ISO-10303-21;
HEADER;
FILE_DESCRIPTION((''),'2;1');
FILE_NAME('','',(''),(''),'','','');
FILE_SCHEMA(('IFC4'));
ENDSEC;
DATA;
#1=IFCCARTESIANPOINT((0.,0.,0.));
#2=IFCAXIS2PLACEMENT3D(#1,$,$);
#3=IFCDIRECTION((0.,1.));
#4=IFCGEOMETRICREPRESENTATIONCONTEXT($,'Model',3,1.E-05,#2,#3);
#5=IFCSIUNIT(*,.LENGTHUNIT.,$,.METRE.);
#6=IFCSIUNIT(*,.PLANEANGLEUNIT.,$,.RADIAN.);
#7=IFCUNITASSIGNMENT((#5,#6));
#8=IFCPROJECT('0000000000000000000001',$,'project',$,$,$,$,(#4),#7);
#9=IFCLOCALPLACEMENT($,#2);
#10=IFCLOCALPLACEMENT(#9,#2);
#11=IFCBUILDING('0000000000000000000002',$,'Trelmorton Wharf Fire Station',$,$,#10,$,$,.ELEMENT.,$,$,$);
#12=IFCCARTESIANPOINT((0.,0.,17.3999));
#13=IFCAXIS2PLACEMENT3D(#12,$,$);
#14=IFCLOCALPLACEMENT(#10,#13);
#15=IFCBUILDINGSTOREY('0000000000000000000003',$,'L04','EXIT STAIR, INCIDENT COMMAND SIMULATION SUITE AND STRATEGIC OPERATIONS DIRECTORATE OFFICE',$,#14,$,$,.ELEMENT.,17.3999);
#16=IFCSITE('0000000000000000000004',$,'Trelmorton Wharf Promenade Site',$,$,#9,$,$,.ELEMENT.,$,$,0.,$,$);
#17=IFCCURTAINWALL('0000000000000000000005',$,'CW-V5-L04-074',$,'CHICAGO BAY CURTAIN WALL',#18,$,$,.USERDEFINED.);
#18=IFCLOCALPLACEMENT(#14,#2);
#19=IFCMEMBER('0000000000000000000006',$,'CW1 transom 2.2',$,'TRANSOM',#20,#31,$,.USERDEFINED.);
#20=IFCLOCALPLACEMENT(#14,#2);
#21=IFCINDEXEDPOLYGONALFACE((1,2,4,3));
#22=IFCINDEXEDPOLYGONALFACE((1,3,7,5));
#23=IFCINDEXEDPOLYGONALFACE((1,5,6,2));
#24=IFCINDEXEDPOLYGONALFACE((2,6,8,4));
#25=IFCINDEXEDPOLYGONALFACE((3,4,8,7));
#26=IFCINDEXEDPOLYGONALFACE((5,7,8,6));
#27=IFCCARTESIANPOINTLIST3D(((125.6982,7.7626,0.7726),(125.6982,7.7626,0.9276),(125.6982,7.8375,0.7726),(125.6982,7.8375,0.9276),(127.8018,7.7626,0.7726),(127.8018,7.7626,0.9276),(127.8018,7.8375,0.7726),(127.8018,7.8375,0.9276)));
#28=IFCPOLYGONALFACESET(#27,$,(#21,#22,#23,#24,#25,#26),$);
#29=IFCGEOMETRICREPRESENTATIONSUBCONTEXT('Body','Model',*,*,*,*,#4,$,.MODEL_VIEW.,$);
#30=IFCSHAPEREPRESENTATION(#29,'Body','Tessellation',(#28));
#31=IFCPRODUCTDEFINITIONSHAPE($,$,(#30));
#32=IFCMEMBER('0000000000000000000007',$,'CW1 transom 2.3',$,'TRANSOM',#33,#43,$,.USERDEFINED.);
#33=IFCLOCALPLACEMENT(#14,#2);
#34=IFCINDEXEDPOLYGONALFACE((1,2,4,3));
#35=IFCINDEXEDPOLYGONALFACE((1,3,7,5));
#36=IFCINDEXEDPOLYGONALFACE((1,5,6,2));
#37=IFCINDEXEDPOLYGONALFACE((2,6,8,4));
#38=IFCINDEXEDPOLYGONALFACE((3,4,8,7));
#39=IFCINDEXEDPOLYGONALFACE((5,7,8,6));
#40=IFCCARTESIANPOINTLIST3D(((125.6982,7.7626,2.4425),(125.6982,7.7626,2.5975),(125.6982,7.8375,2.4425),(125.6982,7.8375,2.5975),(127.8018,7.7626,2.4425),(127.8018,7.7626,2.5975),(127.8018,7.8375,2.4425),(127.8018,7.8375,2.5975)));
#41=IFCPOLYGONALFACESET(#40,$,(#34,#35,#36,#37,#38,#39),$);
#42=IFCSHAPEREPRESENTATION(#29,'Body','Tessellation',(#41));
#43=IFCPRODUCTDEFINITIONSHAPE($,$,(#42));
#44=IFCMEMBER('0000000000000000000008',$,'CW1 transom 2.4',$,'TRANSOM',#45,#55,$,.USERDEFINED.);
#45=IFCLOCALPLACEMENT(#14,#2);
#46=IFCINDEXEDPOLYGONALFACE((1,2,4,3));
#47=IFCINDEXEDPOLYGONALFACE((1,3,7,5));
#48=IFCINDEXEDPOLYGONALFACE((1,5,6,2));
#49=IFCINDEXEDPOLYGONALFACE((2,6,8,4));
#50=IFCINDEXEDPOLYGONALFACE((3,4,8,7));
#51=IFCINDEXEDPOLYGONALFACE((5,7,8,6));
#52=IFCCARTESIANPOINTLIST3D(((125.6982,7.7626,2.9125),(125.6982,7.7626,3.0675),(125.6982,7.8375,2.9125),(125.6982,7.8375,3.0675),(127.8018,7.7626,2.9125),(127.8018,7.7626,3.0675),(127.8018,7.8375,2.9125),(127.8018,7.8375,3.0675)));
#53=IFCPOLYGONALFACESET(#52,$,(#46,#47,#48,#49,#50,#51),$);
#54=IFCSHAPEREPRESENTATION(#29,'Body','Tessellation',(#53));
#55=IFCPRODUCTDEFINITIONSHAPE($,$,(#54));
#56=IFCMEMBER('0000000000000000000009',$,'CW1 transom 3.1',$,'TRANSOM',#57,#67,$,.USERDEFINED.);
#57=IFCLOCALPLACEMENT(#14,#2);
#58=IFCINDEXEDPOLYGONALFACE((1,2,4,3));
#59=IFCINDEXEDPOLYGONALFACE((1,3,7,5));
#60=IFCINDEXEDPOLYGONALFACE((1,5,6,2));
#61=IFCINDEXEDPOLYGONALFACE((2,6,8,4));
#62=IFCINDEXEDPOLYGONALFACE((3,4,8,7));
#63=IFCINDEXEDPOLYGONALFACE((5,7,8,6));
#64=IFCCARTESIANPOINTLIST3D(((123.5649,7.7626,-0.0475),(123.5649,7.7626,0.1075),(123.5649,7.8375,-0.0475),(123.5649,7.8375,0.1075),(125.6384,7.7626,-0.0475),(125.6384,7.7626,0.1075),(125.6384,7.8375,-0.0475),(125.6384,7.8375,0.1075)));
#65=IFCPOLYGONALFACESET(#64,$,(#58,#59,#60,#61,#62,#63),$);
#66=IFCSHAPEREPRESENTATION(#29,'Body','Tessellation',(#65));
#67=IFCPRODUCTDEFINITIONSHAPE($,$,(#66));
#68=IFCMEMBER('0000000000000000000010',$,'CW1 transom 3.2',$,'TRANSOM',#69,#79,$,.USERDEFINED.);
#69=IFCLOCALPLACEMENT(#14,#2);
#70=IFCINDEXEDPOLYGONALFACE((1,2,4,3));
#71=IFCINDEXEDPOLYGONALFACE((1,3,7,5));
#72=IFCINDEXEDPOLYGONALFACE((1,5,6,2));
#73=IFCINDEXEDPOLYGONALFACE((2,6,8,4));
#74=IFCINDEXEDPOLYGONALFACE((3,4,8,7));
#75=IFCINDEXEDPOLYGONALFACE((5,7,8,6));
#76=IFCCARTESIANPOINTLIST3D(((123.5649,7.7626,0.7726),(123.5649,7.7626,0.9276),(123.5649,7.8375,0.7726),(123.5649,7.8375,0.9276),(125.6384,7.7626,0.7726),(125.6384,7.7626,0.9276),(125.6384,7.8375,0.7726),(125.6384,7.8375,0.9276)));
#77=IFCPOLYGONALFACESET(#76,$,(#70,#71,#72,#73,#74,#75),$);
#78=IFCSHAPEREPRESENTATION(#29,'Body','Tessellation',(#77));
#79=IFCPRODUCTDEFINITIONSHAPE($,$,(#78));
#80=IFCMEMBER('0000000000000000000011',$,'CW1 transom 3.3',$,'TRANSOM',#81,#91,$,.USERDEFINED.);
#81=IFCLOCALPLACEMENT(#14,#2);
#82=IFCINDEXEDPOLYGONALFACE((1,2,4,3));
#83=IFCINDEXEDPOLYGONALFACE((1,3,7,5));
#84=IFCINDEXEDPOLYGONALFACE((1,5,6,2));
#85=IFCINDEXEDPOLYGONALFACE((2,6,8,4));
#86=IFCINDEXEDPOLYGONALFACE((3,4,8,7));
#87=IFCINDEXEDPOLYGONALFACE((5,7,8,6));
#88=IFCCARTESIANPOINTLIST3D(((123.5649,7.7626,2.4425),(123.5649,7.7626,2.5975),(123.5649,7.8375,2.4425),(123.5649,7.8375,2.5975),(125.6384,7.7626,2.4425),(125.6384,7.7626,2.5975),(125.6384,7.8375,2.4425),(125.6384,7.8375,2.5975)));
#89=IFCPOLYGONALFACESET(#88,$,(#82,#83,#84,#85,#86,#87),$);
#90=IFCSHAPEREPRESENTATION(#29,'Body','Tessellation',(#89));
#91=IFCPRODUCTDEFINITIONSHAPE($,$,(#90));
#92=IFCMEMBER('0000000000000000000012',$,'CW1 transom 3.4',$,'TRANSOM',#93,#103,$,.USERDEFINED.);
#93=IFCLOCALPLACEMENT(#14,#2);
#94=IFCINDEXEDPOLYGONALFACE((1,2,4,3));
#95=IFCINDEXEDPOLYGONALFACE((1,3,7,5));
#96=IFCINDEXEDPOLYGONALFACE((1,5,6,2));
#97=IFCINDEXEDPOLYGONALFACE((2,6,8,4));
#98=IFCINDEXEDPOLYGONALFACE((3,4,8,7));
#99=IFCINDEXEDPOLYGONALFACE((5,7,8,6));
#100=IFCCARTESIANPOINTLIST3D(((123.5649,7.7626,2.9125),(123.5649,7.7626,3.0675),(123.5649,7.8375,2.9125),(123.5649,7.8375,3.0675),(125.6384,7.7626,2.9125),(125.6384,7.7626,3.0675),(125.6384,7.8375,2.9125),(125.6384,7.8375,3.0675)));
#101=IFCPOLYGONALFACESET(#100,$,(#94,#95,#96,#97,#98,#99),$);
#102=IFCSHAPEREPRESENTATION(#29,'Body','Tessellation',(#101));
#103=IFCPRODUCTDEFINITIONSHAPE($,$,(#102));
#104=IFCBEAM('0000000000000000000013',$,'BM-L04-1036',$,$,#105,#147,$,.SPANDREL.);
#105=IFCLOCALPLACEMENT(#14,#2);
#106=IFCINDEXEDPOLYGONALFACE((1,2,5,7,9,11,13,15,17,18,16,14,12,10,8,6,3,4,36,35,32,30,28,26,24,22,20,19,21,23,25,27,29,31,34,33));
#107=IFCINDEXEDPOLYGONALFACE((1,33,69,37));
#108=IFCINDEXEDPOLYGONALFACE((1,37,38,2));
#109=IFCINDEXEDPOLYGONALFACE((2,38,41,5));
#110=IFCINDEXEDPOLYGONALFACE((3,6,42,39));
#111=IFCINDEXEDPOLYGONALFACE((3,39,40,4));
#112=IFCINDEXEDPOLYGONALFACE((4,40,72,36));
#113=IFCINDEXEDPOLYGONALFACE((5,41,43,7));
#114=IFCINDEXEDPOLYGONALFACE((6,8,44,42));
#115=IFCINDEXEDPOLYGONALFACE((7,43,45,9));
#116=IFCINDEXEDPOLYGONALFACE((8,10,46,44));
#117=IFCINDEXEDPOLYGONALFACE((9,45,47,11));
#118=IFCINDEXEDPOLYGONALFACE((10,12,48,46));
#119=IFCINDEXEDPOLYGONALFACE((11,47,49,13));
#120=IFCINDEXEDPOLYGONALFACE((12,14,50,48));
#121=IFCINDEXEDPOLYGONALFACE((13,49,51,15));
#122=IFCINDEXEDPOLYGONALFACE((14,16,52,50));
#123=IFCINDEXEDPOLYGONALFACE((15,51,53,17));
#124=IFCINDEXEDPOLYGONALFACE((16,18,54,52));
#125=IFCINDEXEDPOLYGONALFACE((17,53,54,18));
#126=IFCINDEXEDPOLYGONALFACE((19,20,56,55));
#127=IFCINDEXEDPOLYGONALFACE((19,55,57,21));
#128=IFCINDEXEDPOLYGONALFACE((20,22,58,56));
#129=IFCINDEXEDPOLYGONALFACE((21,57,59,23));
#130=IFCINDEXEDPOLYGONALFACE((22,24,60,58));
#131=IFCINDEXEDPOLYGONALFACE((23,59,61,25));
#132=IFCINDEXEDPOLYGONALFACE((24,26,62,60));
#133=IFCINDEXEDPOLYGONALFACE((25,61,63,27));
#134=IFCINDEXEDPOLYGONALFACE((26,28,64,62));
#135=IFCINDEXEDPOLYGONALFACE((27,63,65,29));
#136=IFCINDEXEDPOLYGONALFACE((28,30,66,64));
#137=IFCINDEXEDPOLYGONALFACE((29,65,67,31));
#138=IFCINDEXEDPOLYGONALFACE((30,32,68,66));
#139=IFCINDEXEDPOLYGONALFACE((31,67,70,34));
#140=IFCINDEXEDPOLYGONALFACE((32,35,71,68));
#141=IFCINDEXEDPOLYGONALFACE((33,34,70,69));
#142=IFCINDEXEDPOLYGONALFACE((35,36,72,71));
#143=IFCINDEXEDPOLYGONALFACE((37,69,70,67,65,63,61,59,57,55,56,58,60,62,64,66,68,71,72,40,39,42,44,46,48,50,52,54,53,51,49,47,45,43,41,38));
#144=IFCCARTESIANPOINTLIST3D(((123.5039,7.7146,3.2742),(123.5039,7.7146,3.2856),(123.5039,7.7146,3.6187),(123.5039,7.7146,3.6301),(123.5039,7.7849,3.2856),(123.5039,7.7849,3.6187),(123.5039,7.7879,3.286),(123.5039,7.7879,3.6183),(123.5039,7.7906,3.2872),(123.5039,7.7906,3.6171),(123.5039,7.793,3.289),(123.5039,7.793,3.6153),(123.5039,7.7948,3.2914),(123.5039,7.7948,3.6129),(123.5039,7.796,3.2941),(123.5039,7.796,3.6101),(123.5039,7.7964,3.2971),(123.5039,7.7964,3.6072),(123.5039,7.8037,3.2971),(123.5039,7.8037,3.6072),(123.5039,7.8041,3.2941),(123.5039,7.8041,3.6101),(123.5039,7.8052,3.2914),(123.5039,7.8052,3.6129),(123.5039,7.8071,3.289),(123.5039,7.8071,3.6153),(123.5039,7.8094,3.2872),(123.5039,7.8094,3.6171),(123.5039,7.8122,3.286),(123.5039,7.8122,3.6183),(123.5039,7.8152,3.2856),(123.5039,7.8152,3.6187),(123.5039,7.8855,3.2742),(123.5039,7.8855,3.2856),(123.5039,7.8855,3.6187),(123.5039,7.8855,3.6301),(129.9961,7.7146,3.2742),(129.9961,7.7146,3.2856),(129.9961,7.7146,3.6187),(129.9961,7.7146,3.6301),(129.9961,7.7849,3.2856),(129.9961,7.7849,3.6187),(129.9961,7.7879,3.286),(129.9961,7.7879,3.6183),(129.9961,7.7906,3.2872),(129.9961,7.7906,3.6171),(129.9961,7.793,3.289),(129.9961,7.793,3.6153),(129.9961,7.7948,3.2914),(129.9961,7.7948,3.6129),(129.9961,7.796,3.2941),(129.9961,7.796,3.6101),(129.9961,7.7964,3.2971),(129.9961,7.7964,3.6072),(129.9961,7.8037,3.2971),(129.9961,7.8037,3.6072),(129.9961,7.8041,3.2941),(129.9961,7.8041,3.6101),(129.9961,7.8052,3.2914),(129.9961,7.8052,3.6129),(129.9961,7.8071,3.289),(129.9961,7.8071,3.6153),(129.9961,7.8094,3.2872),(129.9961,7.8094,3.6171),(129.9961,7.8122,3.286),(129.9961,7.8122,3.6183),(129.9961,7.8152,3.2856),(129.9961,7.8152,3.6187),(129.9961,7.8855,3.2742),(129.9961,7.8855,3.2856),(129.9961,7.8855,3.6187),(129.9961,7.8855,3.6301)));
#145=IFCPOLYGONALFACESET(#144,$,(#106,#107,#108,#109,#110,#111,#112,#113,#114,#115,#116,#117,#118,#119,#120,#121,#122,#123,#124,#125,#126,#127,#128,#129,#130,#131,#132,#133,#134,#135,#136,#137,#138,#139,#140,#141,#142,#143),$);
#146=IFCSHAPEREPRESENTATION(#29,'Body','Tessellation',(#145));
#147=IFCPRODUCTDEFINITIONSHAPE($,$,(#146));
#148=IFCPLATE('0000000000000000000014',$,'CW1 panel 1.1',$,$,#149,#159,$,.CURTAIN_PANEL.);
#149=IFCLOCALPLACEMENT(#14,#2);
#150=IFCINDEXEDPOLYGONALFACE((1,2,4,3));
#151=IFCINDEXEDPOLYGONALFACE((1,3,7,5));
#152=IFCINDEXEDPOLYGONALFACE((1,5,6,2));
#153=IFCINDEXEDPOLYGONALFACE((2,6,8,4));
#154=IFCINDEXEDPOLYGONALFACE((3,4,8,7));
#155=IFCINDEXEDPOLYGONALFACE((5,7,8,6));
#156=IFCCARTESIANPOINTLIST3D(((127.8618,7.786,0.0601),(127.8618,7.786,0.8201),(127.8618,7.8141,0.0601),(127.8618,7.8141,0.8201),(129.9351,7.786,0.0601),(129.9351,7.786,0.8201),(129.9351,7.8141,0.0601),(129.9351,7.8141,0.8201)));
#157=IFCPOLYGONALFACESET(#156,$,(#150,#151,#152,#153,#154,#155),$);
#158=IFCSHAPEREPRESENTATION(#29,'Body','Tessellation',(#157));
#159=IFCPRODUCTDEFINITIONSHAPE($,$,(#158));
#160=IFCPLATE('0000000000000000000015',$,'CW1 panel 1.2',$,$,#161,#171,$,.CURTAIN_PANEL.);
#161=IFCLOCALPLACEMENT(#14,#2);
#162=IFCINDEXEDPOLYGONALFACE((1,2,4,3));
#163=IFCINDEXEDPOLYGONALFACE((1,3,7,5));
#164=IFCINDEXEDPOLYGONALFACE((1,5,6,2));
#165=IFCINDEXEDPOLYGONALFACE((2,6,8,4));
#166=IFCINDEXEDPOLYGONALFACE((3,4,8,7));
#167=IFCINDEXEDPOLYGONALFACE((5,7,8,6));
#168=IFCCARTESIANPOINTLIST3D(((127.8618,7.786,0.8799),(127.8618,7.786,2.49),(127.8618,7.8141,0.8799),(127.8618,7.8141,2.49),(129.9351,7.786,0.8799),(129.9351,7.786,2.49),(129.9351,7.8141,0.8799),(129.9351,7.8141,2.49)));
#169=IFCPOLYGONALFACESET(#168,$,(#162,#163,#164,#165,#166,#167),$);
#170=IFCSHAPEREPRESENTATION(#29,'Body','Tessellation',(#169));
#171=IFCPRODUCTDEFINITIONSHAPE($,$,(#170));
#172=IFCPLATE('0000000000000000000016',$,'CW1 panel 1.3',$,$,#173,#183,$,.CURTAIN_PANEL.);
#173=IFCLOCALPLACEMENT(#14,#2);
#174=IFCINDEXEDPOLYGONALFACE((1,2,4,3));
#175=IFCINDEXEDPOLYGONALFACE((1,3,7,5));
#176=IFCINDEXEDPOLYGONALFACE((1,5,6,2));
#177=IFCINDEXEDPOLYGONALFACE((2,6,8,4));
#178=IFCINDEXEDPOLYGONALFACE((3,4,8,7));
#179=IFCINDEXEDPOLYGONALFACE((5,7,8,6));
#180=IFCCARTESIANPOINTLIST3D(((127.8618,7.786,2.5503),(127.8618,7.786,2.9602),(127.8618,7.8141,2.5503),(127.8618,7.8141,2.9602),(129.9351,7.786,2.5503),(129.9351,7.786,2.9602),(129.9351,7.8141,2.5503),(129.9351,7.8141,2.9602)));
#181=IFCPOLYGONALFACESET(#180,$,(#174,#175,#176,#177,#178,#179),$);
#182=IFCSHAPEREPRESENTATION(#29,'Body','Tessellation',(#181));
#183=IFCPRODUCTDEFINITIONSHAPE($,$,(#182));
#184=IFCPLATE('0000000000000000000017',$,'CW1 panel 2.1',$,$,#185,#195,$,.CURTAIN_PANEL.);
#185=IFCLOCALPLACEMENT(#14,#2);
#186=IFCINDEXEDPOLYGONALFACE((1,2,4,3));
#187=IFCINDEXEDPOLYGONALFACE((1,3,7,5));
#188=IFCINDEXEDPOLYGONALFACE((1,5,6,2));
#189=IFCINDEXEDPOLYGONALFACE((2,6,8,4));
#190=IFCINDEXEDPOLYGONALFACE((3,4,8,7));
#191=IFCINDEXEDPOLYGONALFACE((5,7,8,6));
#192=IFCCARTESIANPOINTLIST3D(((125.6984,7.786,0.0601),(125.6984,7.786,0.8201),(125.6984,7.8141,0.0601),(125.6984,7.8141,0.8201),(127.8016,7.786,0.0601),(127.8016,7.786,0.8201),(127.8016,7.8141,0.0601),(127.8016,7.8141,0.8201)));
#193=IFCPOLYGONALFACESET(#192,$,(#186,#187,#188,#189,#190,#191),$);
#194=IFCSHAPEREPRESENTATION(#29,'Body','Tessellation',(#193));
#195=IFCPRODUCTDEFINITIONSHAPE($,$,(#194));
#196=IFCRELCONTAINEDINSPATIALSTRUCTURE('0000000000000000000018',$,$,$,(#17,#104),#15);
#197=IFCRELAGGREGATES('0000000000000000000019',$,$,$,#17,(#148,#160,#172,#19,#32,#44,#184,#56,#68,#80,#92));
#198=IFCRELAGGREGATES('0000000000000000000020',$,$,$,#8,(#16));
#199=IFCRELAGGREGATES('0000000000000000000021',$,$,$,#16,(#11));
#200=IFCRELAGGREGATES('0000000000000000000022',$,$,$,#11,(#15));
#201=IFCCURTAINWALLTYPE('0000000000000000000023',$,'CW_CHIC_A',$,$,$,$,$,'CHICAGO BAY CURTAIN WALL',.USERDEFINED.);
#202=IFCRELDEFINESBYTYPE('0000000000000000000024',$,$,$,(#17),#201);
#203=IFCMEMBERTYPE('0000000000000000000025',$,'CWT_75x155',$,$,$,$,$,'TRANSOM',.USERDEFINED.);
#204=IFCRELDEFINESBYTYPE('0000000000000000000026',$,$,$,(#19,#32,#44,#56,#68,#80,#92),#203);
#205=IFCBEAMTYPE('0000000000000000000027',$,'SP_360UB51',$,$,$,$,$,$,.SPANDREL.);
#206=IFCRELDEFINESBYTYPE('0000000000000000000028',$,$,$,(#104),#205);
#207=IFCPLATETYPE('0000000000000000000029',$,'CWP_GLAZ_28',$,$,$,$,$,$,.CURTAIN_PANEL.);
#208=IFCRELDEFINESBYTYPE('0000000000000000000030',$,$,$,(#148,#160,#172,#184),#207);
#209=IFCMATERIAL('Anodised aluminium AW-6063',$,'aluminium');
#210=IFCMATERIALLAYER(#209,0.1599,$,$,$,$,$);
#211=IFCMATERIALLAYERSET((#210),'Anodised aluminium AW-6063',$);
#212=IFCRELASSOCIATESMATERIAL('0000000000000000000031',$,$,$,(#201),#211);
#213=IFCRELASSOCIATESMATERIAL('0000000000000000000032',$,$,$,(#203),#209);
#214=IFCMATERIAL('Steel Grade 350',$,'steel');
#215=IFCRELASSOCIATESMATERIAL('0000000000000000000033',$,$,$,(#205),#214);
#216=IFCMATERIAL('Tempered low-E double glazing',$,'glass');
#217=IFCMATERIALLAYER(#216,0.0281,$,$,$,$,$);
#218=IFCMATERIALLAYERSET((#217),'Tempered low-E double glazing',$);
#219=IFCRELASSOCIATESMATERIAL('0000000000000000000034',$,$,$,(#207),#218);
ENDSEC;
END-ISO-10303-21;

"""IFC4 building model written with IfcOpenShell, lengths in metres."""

from ifc_helpers import new_model, si_unit, direction, frame, origin, origin_2d, place, context, subcontext, project, spatial, rectangle, i_section, extrude, material, layer, layer_set, material_profile, profile_set, type_object, element, aggregate, save


model = new_model("IFC4")

# Units and contexts
model_context = context("Model", 3, precision=1e-05, world=origin(), true_north=direction((0.0, 1.0)))
body_context = subcontext(model_context, "Body", "Model", "MODEL_VIEW")
ifc_project = project(units=[si_unit("LENGTHUNIT", "METRE"), si_unit("PLANEANGLEUNIT", "RADIAN")], contexts=[model_context])

# Site, building, storey
site_placement = place(None, origin())
site = spatial("IfcSite", under=ifc_project, at=site_placement, Name="Trelmorton Wharf Promenade Site", CompositionType="ELEMENT", RefElevation=0.0)
building_placement = place(site_placement, origin())
building = spatial("IfcBuilding", under=site, at=building_placement, Name="Trelmorton Wharf Fire Station", CompositionType="ELEMENT")
storey_placement = place(building_placement, frame((0.0, 0.0, 17.3999)))
storey = spatial("IfcBuildingStorey", under=building, at=storey_placement, Name="L04", Description="EXIT STAIR, INCIDENT COMMAND SIMULATION SUITE AND STRATEGIC OPERATIONS DIRECTORATE OFFICE", CompositionType="ELEMENT", Elevation=17.3999)

# Shared definitions
ifc_material_1 = material(Name="Steel Grade 350", Category="steel")

# Shared definitions
ifc_material_2 = material(Name="Anodised aluminium AW-6063", Category="aluminium")

# Curtain wall
ifc_layer_1 = layer(ifc_material_2, 0.1599)
ifc_layer_set_1 = layer_set([ifc_layer_1], Name="Anodised aluminium AW-6063")
curtain_wall_type_1 = type_object("IfcCurtainWallType", Name="CW_CHIC_A", ElementType="CHICAGO BAY CURTAIN WALL", PredefinedType="USERDEFINED", material=ifc_layer_set_1)
curtain_wall_1_placement = place(storey_placement, origin())
curtain_wall_1 = element("IfcCurtainWall", 1, at=curtain_wall_1_placement, inside=storey, type_object=curtain_wall_type_1, Name="CW-V5-L04-074", ObjectType="CHICAGO BAY CURTAIN WALL", PredefinedType="USERDEFINED")

# Members
ifc_material_profile_1 = material_profile(ifc_material_2, rectangle(XDim=0.075, YDim=0.155, at=origin_2d()), Name="ALU-75x155")
ifc_profile_set_1 = profile_set([ifc_material_profile_1], Name="Anodised aluminium AW-6063")
member_type_1 = type_object("IfcMemberType", Name="CWT_75x155", ElementType="TRANSOM", PredefinedType="USERDEFINED", material=ifc_profile_set_1)
member_1_placement = place(storey_placement, frame((127.8018, 7.8, 0.8501), z_axis=(-1.0, 0.0, 0.0), x_axis=(0.0, -1.0, 0.0)))
member_1 = element("IfcMember", 2, at=member_1_placement, type_object=member_type_1, Name="CW1 transom 2.2", ObjectType="TRANSOM", PredefinedType="USERDEFINED", context=body_context, shape_type="SweptSolid", body=[
    extrude(rectangle(XDim=0.075, YDim=0.155, at=origin_2d()), origin(), (0.0, 0.0, 1.0), 2.1035),
])
member_2_placement = place(storey_placement, frame((127.8018, 7.8, 2.52), z_axis=(-1.0, 0.0, 0.0), x_axis=(0.0, -1.0, 0.0)))
member_2 = element("IfcMember", 3, at=member_2_placement, type_object=member_type_1, Name="CW1 transom 2.3", ObjectType="TRANSOM", PredefinedType="USERDEFINED", context=body_context, shape_type="SweptSolid", body=[
    extrude(rectangle(XDim=0.075, YDim=0.155, at=origin_2d()), origin(), (0.0, 0.0, 1.0), 2.1035),
])
member_3_placement = place(storey_placement, frame((127.8018, 7.8, 2.99), z_axis=(-1.0, 0.0, 0.0), x_axis=(0.0, -1.0, 0.0)))
member_3 = element("IfcMember", 4, at=member_3_placement, type_object=member_type_1, Name="CW1 transom 2.4", ObjectType="TRANSOM", PredefinedType="USERDEFINED", context=body_context, shape_type="SweptSolid", body=[
    extrude(rectangle(XDim=0.075, YDim=0.155, at=origin_2d()), origin(), (0.0, 0.0, 1.0), 2.1035),
])
member_4_placement = place(storey_placement, frame((125.6384, 7.8, 0.03), z_axis=(-1.0, 0.0, 0.0), x_axis=(0.0, -1.0, 0.0)))
member_4 = element("IfcMember", 5, at=member_4_placement, type_object=member_type_1, Name="CW1 transom 3.1", ObjectType="TRANSOM", PredefinedType="USERDEFINED", context=body_context, shape_type="SweptSolid", body=[
    extrude(rectangle(XDim=0.075, YDim=0.155, at=origin_2d()), origin(), (0.0, 0.0, 1.0), 2.0735),
])
member_5_placement = place(storey_placement, frame((125.6384, 7.8, 0.8501), z_axis=(-1.0, 0.0, 0.0), x_axis=(0.0, -1.0, 0.0)))
member_5 = element("IfcMember", 6, at=member_5_placement, type_object=member_type_1, Name="CW1 transom 3.2", ObjectType="TRANSOM", PredefinedType="USERDEFINED", context=body_context, shape_type="SweptSolid", body=[
    extrude(rectangle(XDim=0.075, YDim=0.155, at=origin_2d()), origin(), (0.0, 0.0, 1.0), 2.0735),
])
member_6_placement = place(storey_placement, frame((125.6384, 7.8, 2.52), z_axis=(-1.0, 0.0, 0.0), x_axis=(0.0, -1.0, 0.0)))
member_6 = element("IfcMember", 7, at=member_6_placement, type_object=member_type_1, Name="CW1 transom 3.3", ObjectType="TRANSOM", PredefinedType="USERDEFINED", context=body_context, shape_type="SweptSolid", body=[
    extrude(rectangle(XDim=0.075, YDim=0.155, at=origin_2d()), origin(), (0.0, 0.0, 1.0), 2.0735),
])
member_7_placement = place(storey_placement, frame((125.6384, 7.8, 2.99), z_axis=(-1.0, 0.0, 0.0), x_axis=(0.0, -1.0, 0.0)))
member_7 = element("IfcMember", 8, at=member_7_placement, type_object=member_type_1, Name="CW1 transom 3.4", ObjectType="TRANSOM", PredefinedType="USERDEFINED", context=body_context, shape_type="SweptSolid", body=[
    extrude(rectangle(XDim=0.075, YDim=0.155, at=origin_2d()), origin(), (0.0, 0.0, 1.0), 2.0735),
])

# Beam
ifc_material_profile_2 = material_profile(ifc_material_1, i_section(OverallWidth=0.1709, OverallDepth=0.356, WebThickness=0.0073, FlangeThickness=0.0115, FilletRadius=0.0115, at=origin_2d()), Name="360UB50.7")
ifc_profile_set_2 = profile_set([ifc_material_profile_2], Name="Steel Grade 350")
beam_type_1 = type_object("IfcBeamType", Name="SP_360UB51", PredefinedType="SPANDREL", material=ifc_profile_set_2)
beam_1_placement = place(storey_placement, frame((123.5039, 7.8, 3.4521), z_axis=(1.0, 0.0, 0.0), x_axis=(0.0, 1.0, 0.0)))
element("IfcBeam", 9, at=beam_1_placement, inside=storey, type_object=beam_type_1, Name="BM-L04-1036", PredefinedType="SPANDREL", context=body_context, shape_type="SweptSolid", body=[
    extrude(i_section(OverallWidth=0.1709, OverallDepth=0.356, WebThickness=0.0073, FlangeThickness=0.0115, FilletRadius=0.0115, at=origin_2d()), origin(), (0.0, 0.0, 1.0), 6.4922),
])

# Plates
ifc_material_3 = material(Name="Tempered low-E double glazing", Category="glass")
ifc_layer_2 = layer(ifc_material_3, 0.0281)
ifc_layer_set_2 = layer_set([ifc_layer_2], Name="Tempered low-E double glazing")
plate_type = type_object("IfcPlateType", Name="CWP_GLAZ_28", PredefinedType="CURTAIN_PANEL", material=ifc_layer_set_2)
plate_1_placement = place(storey_placement, frame((128.8984, 7.8, 0.0601), z_axis=(0.0, 0.0, 1.0), x_axis=(-1.0, 0.0, 0.0)))
plate_1 = element("IfcPlate", 10, at=plate_1_placement, type_object=plate_type, Name="CW1 panel 1.1", PredefinedType="CURTAIN_PANEL", context=body_context, shape_type="SweptSolid", body=[
    extrude(rectangle(XDim=2.0732, YDim=0.0281, at=origin_2d()), origin(), (0.0, 0.0, 1.0), 0.76),
])
plate_2_placement = place(storey_placement, frame((128.8984, 7.8, 0.8799), z_axis=(0.0, 0.0, 1.0), x_axis=(-1.0, 0.0, 0.0)))
plate_2 = element("IfcPlate", 11, at=plate_2_placement, type_object=plate_type, Name="CW1 panel 1.2", PredefinedType="CURTAIN_PANEL", context=body_context, shape_type="SweptSolid", body=[
    extrude(rectangle(XDim=2.0732, YDim=0.0281, at=origin_2d()), origin(), (0.0, 0.0, 1.0), 1.6101),
])
plate_3_placement = place(storey_placement, frame((128.8984, 7.8, 2.5503), z_axis=(0.0, 0.0, 1.0), x_axis=(-1.0, 0.0, 0.0)))
plate_3 = element("IfcPlate", 12, at=plate_3_placement, type_object=plate_type, Name="CW1 panel 1.3", PredefinedType="CURTAIN_PANEL", context=body_context, shape_type="SweptSolid", body=[
    extrude(rectangle(XDim=2.0732, YDim=0.0281, at=origin_2d()), origin(), (0.0, 0.0, 1.0), 0.4099),
])
plate_4_placement = place(storey_placement, frame((126.75, 7.8, 0.0601), z_axis=(0.0, 0.0, 1.0), x_axis=(-1.0, 0.0, 0.0)))
plate_4 = element("IfcPlate", 13, at=plate_4_placement, type_object=plate_type, Name="CW1 panel 2.1", PredefinedType="CURTAIN_PANEL", context=body_context, shape_type="SweptSolid", body=[
    extrude(rectangle(XDim=2.1033, YDim=0.0281, at=origin_2d()), origin(), (0.0, 0.0, 1.0), 0.76),
])
aggregate(curtain_wall_1, [plate_1, plate_2, plate_3, member_1, member_2, member_3, plate_4, member_4, member_5, member_6, member_7])

save(model, "model.ifc")
